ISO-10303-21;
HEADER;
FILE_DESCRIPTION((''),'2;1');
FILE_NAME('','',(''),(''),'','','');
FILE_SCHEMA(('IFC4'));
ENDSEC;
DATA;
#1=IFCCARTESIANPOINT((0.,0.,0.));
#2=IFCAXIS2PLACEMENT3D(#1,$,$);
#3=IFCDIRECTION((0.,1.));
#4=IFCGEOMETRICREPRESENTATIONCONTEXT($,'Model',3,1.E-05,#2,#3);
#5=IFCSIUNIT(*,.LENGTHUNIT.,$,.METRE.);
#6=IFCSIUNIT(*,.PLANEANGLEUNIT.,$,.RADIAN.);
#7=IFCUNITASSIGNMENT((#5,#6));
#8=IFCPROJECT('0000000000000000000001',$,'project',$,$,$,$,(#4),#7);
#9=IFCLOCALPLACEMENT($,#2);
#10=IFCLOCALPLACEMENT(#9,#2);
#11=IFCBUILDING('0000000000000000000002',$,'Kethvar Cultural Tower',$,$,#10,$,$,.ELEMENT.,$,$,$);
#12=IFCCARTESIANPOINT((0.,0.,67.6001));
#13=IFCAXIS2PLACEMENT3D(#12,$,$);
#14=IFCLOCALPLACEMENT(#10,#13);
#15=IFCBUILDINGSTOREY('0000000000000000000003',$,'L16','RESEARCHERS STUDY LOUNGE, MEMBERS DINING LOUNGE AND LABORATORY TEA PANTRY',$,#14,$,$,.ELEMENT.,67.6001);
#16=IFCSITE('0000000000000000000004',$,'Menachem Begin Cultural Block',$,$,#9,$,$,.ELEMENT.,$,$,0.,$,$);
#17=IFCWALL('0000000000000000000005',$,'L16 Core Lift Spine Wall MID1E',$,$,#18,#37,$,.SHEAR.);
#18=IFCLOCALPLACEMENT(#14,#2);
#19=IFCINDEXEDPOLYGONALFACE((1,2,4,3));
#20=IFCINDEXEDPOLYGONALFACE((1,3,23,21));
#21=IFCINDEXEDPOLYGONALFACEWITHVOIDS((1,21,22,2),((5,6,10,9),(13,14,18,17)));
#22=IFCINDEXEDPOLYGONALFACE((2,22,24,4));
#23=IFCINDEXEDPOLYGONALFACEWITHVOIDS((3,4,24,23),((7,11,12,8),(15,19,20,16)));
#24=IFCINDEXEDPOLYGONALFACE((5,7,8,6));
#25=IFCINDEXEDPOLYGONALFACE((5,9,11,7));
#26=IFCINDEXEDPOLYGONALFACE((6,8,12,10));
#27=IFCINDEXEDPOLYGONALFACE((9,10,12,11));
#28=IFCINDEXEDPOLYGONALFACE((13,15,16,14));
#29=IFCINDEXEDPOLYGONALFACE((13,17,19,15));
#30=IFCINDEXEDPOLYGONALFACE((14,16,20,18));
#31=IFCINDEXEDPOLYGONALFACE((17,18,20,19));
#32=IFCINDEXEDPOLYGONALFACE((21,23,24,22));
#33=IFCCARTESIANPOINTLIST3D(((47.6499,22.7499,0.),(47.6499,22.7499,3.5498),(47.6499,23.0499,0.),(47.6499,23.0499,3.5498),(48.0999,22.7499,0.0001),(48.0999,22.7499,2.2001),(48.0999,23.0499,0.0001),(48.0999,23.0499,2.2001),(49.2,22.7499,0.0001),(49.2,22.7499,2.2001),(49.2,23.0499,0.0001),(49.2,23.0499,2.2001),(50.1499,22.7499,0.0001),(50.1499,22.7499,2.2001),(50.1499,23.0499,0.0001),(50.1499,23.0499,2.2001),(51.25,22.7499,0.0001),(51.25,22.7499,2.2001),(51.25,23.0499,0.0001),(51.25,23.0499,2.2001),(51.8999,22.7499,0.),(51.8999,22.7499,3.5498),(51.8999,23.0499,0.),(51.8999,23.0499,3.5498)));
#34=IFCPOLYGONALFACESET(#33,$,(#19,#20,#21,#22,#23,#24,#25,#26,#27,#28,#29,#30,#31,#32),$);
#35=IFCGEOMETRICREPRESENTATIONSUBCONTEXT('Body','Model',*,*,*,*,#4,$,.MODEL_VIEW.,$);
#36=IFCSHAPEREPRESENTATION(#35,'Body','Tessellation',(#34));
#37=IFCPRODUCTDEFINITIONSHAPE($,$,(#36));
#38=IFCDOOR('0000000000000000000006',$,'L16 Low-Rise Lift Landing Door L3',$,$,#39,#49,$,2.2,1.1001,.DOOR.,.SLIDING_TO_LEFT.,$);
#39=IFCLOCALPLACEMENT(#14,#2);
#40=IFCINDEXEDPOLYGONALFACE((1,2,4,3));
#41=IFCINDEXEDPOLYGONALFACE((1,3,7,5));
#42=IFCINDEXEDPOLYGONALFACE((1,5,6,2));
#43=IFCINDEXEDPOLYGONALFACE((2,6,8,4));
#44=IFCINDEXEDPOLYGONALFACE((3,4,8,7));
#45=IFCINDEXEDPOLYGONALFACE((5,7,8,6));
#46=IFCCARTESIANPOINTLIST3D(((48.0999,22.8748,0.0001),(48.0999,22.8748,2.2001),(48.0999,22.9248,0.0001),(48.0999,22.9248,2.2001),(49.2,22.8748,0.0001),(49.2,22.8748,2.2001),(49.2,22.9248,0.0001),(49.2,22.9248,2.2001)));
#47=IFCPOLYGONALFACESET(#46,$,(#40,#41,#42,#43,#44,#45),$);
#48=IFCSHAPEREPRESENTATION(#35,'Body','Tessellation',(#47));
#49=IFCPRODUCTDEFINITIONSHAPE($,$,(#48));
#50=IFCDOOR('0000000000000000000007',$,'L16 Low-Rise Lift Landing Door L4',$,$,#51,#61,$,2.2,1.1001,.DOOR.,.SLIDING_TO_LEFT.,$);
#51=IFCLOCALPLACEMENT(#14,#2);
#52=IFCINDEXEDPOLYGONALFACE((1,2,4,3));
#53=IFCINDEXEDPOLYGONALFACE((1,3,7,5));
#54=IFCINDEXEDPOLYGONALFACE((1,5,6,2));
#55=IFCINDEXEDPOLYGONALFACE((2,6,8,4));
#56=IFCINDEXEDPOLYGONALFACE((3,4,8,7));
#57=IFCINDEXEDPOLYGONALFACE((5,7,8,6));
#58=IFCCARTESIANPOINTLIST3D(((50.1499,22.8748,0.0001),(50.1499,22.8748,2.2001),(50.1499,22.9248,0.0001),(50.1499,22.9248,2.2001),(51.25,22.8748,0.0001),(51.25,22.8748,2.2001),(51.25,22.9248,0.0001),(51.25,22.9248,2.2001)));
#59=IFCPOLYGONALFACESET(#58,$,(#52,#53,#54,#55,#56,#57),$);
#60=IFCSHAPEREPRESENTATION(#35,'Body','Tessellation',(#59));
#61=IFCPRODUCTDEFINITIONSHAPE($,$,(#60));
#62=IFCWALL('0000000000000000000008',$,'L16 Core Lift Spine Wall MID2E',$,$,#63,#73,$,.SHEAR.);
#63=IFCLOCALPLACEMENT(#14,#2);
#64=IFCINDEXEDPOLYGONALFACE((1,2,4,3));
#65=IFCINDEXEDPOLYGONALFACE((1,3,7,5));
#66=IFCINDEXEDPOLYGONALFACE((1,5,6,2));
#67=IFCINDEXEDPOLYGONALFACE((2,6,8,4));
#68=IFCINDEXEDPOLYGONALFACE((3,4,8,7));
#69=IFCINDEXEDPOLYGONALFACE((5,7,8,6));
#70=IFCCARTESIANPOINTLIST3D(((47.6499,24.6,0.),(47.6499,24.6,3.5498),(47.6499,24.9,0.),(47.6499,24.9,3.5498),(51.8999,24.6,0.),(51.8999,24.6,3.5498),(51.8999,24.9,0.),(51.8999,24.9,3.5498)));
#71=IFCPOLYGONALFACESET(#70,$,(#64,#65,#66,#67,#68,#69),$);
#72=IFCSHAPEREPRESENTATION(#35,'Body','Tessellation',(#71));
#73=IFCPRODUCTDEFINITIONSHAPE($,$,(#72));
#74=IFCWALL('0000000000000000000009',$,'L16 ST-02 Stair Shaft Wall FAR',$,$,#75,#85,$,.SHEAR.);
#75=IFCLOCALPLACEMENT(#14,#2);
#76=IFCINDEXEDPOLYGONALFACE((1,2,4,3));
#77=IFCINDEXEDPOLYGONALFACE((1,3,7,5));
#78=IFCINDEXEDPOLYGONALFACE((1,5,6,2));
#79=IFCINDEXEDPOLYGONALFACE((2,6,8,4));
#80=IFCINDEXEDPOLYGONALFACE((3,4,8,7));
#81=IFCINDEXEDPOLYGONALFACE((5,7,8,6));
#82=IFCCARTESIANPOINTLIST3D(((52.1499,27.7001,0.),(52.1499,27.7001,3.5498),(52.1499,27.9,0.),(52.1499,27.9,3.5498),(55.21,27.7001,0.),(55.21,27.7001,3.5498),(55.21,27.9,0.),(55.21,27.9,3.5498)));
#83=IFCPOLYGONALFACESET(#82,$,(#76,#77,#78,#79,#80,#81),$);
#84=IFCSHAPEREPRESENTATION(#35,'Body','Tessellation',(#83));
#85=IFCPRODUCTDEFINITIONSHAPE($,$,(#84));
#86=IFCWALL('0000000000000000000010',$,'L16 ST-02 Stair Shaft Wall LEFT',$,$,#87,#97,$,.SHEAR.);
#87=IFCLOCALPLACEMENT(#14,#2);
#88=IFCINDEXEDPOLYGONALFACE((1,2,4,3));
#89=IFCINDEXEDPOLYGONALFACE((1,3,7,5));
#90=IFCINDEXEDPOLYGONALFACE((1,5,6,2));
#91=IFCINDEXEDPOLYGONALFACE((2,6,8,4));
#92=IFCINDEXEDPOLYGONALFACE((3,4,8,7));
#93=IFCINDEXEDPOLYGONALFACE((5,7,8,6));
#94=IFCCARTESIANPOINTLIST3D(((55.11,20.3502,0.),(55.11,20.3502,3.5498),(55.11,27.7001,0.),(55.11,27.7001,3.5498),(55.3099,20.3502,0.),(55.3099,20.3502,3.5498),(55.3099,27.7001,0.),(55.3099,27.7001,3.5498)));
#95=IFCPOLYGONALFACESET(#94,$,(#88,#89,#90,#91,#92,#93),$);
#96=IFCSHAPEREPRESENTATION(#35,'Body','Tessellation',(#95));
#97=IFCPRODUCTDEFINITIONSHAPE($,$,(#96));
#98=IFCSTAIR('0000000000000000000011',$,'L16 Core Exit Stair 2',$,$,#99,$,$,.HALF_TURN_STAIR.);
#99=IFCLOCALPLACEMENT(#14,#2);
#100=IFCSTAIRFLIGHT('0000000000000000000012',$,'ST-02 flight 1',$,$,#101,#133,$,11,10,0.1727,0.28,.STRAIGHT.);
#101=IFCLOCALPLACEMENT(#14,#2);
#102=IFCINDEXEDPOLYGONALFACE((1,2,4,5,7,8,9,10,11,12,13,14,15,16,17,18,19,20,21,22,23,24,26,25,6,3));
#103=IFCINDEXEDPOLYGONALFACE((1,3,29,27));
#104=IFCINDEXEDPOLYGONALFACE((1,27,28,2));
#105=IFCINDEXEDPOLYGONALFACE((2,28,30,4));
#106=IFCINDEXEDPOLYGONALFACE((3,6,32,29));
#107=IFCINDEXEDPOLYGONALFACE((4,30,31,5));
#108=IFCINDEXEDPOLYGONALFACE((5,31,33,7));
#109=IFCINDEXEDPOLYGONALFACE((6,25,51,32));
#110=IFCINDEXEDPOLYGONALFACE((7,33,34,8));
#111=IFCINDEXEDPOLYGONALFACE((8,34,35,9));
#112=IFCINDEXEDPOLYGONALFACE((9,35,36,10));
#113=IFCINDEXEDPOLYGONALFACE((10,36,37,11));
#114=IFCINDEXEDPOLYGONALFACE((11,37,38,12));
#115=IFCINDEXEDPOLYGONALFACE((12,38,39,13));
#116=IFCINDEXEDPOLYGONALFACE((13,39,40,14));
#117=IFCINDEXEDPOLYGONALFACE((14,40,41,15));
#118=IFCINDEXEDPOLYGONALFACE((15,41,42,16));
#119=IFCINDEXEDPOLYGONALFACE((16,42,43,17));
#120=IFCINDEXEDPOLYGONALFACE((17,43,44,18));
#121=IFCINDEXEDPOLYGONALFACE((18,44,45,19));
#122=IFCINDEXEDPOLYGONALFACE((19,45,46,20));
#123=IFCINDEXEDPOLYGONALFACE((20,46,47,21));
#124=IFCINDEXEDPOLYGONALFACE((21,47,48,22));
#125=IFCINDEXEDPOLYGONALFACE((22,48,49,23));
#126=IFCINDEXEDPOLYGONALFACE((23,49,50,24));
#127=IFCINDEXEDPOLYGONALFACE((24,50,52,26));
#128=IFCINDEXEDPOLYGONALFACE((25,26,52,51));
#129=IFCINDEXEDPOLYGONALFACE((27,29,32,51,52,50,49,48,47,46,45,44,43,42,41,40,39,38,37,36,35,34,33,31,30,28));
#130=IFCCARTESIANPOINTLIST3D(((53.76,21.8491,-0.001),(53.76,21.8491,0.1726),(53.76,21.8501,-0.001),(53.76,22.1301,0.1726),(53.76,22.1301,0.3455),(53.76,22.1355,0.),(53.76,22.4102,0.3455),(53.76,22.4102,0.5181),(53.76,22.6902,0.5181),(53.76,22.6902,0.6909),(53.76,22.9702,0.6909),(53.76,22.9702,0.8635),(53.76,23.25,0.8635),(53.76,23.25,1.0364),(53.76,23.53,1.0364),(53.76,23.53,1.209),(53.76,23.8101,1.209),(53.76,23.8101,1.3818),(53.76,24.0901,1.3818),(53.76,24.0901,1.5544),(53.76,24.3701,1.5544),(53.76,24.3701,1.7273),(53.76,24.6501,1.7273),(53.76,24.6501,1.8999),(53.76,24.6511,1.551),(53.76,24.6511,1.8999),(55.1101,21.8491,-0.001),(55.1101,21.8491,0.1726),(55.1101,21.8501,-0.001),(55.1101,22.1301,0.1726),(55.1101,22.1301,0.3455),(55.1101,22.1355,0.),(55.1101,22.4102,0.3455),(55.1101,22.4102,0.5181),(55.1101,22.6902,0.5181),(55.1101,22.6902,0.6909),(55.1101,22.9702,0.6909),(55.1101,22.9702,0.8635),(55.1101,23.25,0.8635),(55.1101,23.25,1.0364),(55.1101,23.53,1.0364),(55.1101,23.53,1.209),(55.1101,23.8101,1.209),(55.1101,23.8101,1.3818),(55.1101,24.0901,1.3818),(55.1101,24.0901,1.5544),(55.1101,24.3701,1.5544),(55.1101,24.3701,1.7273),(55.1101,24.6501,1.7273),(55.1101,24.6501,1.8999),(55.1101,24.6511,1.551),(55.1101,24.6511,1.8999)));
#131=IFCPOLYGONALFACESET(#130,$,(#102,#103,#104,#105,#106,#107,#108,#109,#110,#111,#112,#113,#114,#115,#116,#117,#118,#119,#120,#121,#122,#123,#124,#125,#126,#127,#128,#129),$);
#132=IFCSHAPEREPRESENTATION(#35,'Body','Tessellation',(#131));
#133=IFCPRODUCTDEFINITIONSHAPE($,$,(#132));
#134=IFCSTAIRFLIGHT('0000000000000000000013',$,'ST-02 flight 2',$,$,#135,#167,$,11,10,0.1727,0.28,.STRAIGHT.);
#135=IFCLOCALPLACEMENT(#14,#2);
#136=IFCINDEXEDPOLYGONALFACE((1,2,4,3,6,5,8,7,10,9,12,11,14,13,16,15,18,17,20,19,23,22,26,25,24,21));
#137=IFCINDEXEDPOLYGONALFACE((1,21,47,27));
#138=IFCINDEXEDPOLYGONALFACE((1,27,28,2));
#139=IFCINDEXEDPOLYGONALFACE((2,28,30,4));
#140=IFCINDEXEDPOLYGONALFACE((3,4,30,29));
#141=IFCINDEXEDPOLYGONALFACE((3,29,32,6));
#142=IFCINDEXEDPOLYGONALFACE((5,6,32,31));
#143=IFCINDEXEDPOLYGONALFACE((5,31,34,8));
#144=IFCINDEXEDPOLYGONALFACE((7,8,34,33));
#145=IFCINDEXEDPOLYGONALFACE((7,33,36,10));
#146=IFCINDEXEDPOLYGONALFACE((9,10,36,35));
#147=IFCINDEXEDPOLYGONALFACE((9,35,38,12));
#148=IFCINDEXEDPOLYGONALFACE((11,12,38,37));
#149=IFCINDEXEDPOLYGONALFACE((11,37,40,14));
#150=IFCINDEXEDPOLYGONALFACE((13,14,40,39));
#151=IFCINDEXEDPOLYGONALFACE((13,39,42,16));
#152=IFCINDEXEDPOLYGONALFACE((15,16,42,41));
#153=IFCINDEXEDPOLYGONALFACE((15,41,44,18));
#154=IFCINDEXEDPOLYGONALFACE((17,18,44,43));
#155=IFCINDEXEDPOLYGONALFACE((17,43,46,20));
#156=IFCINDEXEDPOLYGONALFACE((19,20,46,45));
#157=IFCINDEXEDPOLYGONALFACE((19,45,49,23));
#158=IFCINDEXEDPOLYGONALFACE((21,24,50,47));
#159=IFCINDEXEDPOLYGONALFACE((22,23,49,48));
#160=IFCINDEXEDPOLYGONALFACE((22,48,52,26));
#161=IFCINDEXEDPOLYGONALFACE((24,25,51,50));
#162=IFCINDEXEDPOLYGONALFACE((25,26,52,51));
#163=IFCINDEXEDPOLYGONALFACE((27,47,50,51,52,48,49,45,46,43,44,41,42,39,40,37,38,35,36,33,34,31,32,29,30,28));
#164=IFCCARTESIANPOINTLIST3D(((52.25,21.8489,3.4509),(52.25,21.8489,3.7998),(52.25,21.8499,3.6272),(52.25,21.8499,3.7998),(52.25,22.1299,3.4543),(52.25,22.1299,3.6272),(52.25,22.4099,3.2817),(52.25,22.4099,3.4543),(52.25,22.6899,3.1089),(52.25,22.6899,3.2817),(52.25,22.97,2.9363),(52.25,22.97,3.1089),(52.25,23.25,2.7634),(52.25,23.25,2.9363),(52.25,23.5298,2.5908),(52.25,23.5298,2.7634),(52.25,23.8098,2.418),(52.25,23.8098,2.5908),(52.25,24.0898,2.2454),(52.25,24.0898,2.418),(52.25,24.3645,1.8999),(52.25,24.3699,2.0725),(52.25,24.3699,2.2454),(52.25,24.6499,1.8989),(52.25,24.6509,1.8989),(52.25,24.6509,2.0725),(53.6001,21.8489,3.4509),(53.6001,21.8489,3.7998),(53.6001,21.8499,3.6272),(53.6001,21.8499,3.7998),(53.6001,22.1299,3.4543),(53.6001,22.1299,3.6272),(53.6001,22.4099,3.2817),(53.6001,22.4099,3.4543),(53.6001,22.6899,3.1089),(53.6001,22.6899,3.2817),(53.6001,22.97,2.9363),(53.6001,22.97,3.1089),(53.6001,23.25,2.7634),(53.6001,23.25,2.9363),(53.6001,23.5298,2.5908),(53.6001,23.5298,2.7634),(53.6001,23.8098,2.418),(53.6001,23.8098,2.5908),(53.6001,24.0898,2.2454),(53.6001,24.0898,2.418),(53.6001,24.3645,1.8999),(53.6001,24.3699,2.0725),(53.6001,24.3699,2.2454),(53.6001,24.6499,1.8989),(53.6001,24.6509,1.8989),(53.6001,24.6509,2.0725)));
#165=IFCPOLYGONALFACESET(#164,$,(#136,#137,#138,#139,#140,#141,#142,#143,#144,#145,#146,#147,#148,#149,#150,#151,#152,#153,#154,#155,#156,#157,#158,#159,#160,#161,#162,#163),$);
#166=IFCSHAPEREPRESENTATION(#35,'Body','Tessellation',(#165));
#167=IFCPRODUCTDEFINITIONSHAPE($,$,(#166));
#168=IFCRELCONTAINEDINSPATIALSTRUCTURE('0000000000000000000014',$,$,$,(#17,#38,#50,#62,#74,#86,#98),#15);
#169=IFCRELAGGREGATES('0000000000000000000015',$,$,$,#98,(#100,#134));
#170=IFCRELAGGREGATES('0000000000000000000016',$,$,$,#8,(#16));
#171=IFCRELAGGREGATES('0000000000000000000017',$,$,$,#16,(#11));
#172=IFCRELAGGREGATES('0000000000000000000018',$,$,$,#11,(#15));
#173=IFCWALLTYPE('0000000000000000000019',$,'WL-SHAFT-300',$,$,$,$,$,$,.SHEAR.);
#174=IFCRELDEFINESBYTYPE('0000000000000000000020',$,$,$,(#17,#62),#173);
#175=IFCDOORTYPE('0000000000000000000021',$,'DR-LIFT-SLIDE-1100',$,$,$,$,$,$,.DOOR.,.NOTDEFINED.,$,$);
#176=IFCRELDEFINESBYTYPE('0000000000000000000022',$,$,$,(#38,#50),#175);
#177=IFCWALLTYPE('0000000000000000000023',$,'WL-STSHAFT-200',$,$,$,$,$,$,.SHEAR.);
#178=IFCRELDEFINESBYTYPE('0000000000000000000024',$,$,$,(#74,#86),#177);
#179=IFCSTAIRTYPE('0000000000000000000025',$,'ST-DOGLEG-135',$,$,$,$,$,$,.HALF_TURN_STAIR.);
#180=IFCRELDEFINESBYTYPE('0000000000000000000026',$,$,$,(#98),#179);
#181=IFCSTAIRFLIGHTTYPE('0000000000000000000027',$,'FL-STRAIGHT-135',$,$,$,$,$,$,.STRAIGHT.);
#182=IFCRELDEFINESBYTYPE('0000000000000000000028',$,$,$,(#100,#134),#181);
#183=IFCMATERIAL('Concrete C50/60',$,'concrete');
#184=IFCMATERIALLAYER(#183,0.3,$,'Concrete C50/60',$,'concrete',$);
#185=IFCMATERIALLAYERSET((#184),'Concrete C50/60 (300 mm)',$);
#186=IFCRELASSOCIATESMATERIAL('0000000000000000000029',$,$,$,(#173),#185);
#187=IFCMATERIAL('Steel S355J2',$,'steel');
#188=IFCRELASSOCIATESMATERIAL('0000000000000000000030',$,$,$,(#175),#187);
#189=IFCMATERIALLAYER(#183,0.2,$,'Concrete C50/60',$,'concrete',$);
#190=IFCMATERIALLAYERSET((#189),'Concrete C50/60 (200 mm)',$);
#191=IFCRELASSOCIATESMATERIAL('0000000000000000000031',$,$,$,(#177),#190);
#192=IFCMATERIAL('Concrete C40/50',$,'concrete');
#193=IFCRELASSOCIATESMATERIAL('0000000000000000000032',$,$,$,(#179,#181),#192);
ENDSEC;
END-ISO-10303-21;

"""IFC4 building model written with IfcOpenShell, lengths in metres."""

from ifc_helpers import new_model, si_unit, direction, frame, frame_2d, origin, place, context, subcontext, project, spatial, polyline, rectangle, outline, extrude, source, transform, mapped, material, layer, layer_set, type_object, element, fill, aggregate, save


model = new_model("IFC4")

# Units and contexts
model_context = context("Model", 3, precision=1e-05, world=origin(), true_north=direction((0.0, 1.0)))
body_context = subcontext(model_context, "Body", "Model", "MODEL_VIEW")
ifc_project = project(units=[si_unit("LENGTHUNIT", "METRE"), si_unit("PLANEANGLEUNIT", "RADIAN")], contexts=[model_context])

# Site, building, storey
site_placement = place(None, origin())
site = spatial("IfcSite", under=ifc_project, at=site_placement, Name="Menachem Begin Cultural Block", CompositionType="ELEMENT", RefElevation=0.0)
building_placement = place(site_placement, origin())
building = spatial("IfcBuilding", under=site, at=building_placement, Name="Kethvar Cultural Tower", CompositionType="ELEMENT")
storey_placement = place(building_placement, frame((0.0, 0.0, 67.6001)))
storey = spatial("IfcBuildingStorey", under=building, at=storey_placement, Name="L16", Description="RESEARCHERS STUDY LOUNGE, MEMBERS DINING LOUNGE AND LABORATORY TEA PANTRY", CompositionType="ELEMENT", Elevation=67.6001)

# Shared definitions
ifc_material_1 = material(Name="Steel S355J2", Category="steel")

# Wall, openings, doors
ifc_material_2 = material(Name="Concrete C50/60", Category="concrete")
ifc_layer_1 = layer(ifc_material_2, 0.3, Name="Concrete C50/60", Category="concrete")
ifc_layer_set_1 = layer_set([ifc_layer_1], Name="Concrete C50/60 (300 mm)")
wall_type_1 = type_object("IfcWallType", Name="WL-SHAFT-300", PredefinedType="SHEAR", material=ifc_layer_set_1)
wall_1_placement = place(storey_placement, frame((47.6499, 22.8999, 0.0), z_axis=(0.0, 0.0, 1.0), x_axis=(1.0, 0.0, 0.0)))
wall_1 = element("IfcWall", 1, at=wall_1_placement, inside=storey, type_object=wall_type_1, Name="L16 Core Lift Spine Wall MID1E", PredefinedType="SHEAR", context=body_context, shape_type="SweptSolid", body=[
    extrude(rectangle(XDim=4.25, YDim=0.3, at=frame_2d((2.125, 0.0))), origin(), (0.0, 0.0, 1.0), 3.5498),
])
opening_1_placement = place(wall_1_placement, frame((0.45, 0.0, 0.0)))
opening_1 = element("IfcOpeningElement", 2, at=opening_1_placement, cuts=wall_1, PredefinedType="OPENING", context=body_context, shape_type="SweptSolid", body=[
    extrude(rectangle(XDim=1.1001, YDim=2.2, at=frame_2d((0.55, 1.1001))), frame((0.0, 0.1599, 0.0), z_axis=(0.0, -1.0, 0.0), x_axis=(1.0, 0.0, 0.0)), (0.0, 0.0, 1.0), 0.3201),
])
opening_2_placement = place(wall_1_placement, frame((2.5, 0.0, 0.0)))
opening_2 = element("IfcOpeningElement", 3, at=opening_2_placement, cuts=wall_1, PredefinedType="OPENING", context=body_context, shape_type="SweptSolid", body=[
    extrude(rectangle(XDim=1.1001, YDim=2.2, at=frame_2d((0.55, 1.1001))), frame((0.0, 0.1599, 0.0), z_axis=(0.0, -1.0, 0.0), x_axis=(1.0, 0.0, 0.0)), (0.0, 0.0, 1.0), 0.3201),
])
door_type = type_object("IfcDoorType", Name="DR-LIFT-SLIDE-1100", OperationType="NOTDEFINED", PredefinedType="DOOR", material=ifc_material_1)
shared_shape_1 = source(origin(), body_context, "Body", "SweptSolid", [
    extrude(rectangle(XDim=1.1001, YDim=2.2, at=frame_2d((0.55, 1.1001))), frame((0.0, 0.0249, 0.0), z_axis=(0.0, -1.0, 0.0), x_axis=(1.0, 0.0, 0.0)), (0.0, 0.0, 1.0), 0.05),
])
door_1_placement = place(opening_1_placement, origin())
door_1 = element("IfcDoor", 4, at=door_1_placement, inside=storey, type_object=door_type, Name="L16 Low-Rise Lift Landing Door L3", OperationType="SLIDING_TO_LEFT", OverallHeight=2.2, OverallWidth=1.1001, PredefinedType="DOOR", context=body_context, shape_type="MappedRepresentation", body=[
    mapped(shared_shape_1, transform((0.0, 0.0, 0.0), scale=1.0)),
])
fill(opening_1, door_1)
door_2_placement = place(opening_2_placement, origin())
door_2 = element("IfcDoor", 5, at=door_2_placement, inside=storey, type_object=door_type, Name="L16 Low-Rise Lift Landing Door L4", OperationType="SLIDING_TO_LEFT", OverallHeight=2.2, OverallWidth=1.1001, PredefinedType="DOOR", context=body_context, shape_type="MappedRepresentation", body=[
    mapped(shared_shape_1, transform((0.0, 0.0, 0.0), scale=1.0)),
])
fill(opening_2, door_2)

# Walls
wall_2_placement = place(storey_placement, frame((47.6499, 24.75, 0.0), z_axis=(0.0, 0.0, 1.0), x_axis=(1.0, 0.0, 0.0)))
element("IfcWall", 6, at=wall_2_placement, inside=storey, type_object=wall_type_1, Name="L16 Core Lift Spine Wall MID2E", PredefinedType="SHEAR", context=body_context, shape_type="SweptSolid", body=[
    extrude(rectangle(XDim=4.25, YDim=0.3, at=frame_2d((2.125, 0.0))), origin(), (0.0, 0.0, 1.0), 3.5498),
])
ifc_layer_2 = layer(ifc_material_2, 0.2, Name="Concrete C50/60", Category="concrete")
ifc_layer_set_2 = layer_set([ifc_layer_2], Name="Concrete C50/60 (200 mm)")
wall_type_2 = type_object("IfcWallType", Name="WL-STSHAFT-200", PredefinedType="SHEAR", material=ifc_layer_set_2)
wall_3_placement = place(storey_placement, frame((52.1499, 27.8, 0.0), z_axis=(0.0, 0.0, 1.0), x_axis=(1.0, 0.0, 0.0)))
element("IfcWall", 7, at=wall_3_placement, inside=storey, type_object=wall_type_2, Name="L16 ST-02 Stair Shaft Wall FAR", PredefinedType="SHEAR", context=body_context, shape_type="SweptSolid", body=[
    extrude(rectangle(XDim=3.0601, YDim=0.2, at=frame_2d((1.53, 0.0))), origin(), (0.0, 0.0, 1.0), 3.5498),
])
wall_4_placement = place(storey_placement, frame((55.21, 27.7, 0.0), z_axis=(0.0, 0.0, 1.0), x_axis=(0.0, -1.0, 0.0)))
element("IfcWall", 8, at=wall_4_placement, inside=storey, type_object=wall_type_2, Name="L16 ST-02 Stair Shaft Wall LEFT", PredefinedType="SHEAR", context=body_context, shape_type="SweptSolid", body=[
    extrude(rectangle(XDim=7.3499, YDim=0.2, at=frame_2d((3.6748, 0.0))), origin(), (0.0, 0.0, 1.0), 3.5498),
])

# Stair, stair flights
ifc_material_3 = material(Name="Concrete C40/50", Category="concrete")
stair_type = type_object("IfcStairType", Name="ST-DOGLEG-135", PredefinedType="HALF_TURN_STAIR", material=ifc_material_3)
stair_placement = place(storey_placement, origin())
stair = element("IfcStair", 9, at=stair_placement, inside=storey, type_object=stair_type, Name="L16 Core Exit Stair 2", PredefinedType="HALF_TURN_STAIR")
stair_flight_type = type_object("IfcStairFlightType", Name="FL-STRAIGHT-135", PredefinedType="STRAIGHT", material=ifc_material_3)
stair_flight_1_placement = place(storey_placement, frame((54.4351, 21.8501, 0.0), z_axis=(0.0, 0.0, 1.0), x_axis=(0.0, 1.0, 0.0)))
stair_flight_1 = element("IfcStairFlight", 10, at=stair_flight_1_placement, type_object=stair_flight_type, Name="ST-02 flight 1", NumberOfRisers=11, NumberOfTreads=10, PredefinedType="STRAIGHT", RiserHeight=0.1727, TreadLength=0.28, context=body_context, shape_type="SweptSolid", body=[
    extrude(outline(polyline([(-0.001, -0.001), (-0.001, 0.1726), (0.28, 0.1726), (0.28, 0.3455), (0.5601, 0.3455), (0.5601, 0.5181), (0.8401, 0.5181), (0.8401, 0.6909), (1.1201, 0.6909), (1.1201, 0.8635), (1.3999, 0.8635), (1.3999, 1.0364), (1.6799, 1.0364), (1.6799, 1.209), (1.96, 1.209), (1.96, 1.3818), (2.24, 1.3818), (2.24, 1.5544), (2.52, 1.5544), (2.52, 1.7273), (2.8, 1.7273), (2.8, 1.8999), (2.801, 1.8999), (2.801, 1.551), (0.2854, 0.0), (0.0, -0.001), (-0.001, -0.001)])), frame((0.0, 0.675, 0.0), z_axis=(0.0, -1.0, 0.0), x_axis=(1.0, 0.0, 0.0)), (0.0, 0.0, 1.0), 1.3501),
])
stair_flight_2_placement = place(storey_placement, frame((52.925, 24.6499, 1.8999), z_axis=(0.0, 0.0, 1.0), x_axis=(0.0, -1.0, 0.0)))
stair_flight_2 = element("IfcStairFlight", 11, at=stair_flight_2_placement, type_object=stair_flight_type, Name="ST-02 flight 2", NumberOfRisers=11, NumberOfTreads=10, PredefinedType="STRAIGHT", RiserHeight=0.1727, TreadLength=0.28, context=body_context, shape_type="SweptSolid", body=[
    extrude(outline(polyline([(-0.001, -0.001), (-0.001, 0.1726), (0.28, 0.1726), (0.28, 0.3455), (0.5601, 0.3455), (0.5601, 0.5181), (0.8401, 0.5181), (0.8401, 0.6909), (1.1201, 0.6909), (1.1201, 0.8635), (1.3999, 0.8635), (1.3999, 1.0364), (1.6799, 1.0364), (1.6799, 1.209), (1.96, 1.209), (1.96, 1.3818), (2.24, 1.3818), (2.24, 1.5544), (2.52, 1.5544), (2.52, 1.7273), (2.8, 1.7273), (2.8, 1.8999), (2.801, 1.8999), (2.801, 1.551), (0.2854, 0.0), (0.0, -0.001), (-0.001, -0.001)])), frame((0.0, 0.675, 0.0), z_axis=(0.0, -1.0, 0.0), x_axis=(1.0, 0.0, 0.0)), (0.0, 0.0, 1.0), 1.3501),
])
aggregate(stair, [stair_flight_1, stair_flight_2])

save(model, "model.ifc")
